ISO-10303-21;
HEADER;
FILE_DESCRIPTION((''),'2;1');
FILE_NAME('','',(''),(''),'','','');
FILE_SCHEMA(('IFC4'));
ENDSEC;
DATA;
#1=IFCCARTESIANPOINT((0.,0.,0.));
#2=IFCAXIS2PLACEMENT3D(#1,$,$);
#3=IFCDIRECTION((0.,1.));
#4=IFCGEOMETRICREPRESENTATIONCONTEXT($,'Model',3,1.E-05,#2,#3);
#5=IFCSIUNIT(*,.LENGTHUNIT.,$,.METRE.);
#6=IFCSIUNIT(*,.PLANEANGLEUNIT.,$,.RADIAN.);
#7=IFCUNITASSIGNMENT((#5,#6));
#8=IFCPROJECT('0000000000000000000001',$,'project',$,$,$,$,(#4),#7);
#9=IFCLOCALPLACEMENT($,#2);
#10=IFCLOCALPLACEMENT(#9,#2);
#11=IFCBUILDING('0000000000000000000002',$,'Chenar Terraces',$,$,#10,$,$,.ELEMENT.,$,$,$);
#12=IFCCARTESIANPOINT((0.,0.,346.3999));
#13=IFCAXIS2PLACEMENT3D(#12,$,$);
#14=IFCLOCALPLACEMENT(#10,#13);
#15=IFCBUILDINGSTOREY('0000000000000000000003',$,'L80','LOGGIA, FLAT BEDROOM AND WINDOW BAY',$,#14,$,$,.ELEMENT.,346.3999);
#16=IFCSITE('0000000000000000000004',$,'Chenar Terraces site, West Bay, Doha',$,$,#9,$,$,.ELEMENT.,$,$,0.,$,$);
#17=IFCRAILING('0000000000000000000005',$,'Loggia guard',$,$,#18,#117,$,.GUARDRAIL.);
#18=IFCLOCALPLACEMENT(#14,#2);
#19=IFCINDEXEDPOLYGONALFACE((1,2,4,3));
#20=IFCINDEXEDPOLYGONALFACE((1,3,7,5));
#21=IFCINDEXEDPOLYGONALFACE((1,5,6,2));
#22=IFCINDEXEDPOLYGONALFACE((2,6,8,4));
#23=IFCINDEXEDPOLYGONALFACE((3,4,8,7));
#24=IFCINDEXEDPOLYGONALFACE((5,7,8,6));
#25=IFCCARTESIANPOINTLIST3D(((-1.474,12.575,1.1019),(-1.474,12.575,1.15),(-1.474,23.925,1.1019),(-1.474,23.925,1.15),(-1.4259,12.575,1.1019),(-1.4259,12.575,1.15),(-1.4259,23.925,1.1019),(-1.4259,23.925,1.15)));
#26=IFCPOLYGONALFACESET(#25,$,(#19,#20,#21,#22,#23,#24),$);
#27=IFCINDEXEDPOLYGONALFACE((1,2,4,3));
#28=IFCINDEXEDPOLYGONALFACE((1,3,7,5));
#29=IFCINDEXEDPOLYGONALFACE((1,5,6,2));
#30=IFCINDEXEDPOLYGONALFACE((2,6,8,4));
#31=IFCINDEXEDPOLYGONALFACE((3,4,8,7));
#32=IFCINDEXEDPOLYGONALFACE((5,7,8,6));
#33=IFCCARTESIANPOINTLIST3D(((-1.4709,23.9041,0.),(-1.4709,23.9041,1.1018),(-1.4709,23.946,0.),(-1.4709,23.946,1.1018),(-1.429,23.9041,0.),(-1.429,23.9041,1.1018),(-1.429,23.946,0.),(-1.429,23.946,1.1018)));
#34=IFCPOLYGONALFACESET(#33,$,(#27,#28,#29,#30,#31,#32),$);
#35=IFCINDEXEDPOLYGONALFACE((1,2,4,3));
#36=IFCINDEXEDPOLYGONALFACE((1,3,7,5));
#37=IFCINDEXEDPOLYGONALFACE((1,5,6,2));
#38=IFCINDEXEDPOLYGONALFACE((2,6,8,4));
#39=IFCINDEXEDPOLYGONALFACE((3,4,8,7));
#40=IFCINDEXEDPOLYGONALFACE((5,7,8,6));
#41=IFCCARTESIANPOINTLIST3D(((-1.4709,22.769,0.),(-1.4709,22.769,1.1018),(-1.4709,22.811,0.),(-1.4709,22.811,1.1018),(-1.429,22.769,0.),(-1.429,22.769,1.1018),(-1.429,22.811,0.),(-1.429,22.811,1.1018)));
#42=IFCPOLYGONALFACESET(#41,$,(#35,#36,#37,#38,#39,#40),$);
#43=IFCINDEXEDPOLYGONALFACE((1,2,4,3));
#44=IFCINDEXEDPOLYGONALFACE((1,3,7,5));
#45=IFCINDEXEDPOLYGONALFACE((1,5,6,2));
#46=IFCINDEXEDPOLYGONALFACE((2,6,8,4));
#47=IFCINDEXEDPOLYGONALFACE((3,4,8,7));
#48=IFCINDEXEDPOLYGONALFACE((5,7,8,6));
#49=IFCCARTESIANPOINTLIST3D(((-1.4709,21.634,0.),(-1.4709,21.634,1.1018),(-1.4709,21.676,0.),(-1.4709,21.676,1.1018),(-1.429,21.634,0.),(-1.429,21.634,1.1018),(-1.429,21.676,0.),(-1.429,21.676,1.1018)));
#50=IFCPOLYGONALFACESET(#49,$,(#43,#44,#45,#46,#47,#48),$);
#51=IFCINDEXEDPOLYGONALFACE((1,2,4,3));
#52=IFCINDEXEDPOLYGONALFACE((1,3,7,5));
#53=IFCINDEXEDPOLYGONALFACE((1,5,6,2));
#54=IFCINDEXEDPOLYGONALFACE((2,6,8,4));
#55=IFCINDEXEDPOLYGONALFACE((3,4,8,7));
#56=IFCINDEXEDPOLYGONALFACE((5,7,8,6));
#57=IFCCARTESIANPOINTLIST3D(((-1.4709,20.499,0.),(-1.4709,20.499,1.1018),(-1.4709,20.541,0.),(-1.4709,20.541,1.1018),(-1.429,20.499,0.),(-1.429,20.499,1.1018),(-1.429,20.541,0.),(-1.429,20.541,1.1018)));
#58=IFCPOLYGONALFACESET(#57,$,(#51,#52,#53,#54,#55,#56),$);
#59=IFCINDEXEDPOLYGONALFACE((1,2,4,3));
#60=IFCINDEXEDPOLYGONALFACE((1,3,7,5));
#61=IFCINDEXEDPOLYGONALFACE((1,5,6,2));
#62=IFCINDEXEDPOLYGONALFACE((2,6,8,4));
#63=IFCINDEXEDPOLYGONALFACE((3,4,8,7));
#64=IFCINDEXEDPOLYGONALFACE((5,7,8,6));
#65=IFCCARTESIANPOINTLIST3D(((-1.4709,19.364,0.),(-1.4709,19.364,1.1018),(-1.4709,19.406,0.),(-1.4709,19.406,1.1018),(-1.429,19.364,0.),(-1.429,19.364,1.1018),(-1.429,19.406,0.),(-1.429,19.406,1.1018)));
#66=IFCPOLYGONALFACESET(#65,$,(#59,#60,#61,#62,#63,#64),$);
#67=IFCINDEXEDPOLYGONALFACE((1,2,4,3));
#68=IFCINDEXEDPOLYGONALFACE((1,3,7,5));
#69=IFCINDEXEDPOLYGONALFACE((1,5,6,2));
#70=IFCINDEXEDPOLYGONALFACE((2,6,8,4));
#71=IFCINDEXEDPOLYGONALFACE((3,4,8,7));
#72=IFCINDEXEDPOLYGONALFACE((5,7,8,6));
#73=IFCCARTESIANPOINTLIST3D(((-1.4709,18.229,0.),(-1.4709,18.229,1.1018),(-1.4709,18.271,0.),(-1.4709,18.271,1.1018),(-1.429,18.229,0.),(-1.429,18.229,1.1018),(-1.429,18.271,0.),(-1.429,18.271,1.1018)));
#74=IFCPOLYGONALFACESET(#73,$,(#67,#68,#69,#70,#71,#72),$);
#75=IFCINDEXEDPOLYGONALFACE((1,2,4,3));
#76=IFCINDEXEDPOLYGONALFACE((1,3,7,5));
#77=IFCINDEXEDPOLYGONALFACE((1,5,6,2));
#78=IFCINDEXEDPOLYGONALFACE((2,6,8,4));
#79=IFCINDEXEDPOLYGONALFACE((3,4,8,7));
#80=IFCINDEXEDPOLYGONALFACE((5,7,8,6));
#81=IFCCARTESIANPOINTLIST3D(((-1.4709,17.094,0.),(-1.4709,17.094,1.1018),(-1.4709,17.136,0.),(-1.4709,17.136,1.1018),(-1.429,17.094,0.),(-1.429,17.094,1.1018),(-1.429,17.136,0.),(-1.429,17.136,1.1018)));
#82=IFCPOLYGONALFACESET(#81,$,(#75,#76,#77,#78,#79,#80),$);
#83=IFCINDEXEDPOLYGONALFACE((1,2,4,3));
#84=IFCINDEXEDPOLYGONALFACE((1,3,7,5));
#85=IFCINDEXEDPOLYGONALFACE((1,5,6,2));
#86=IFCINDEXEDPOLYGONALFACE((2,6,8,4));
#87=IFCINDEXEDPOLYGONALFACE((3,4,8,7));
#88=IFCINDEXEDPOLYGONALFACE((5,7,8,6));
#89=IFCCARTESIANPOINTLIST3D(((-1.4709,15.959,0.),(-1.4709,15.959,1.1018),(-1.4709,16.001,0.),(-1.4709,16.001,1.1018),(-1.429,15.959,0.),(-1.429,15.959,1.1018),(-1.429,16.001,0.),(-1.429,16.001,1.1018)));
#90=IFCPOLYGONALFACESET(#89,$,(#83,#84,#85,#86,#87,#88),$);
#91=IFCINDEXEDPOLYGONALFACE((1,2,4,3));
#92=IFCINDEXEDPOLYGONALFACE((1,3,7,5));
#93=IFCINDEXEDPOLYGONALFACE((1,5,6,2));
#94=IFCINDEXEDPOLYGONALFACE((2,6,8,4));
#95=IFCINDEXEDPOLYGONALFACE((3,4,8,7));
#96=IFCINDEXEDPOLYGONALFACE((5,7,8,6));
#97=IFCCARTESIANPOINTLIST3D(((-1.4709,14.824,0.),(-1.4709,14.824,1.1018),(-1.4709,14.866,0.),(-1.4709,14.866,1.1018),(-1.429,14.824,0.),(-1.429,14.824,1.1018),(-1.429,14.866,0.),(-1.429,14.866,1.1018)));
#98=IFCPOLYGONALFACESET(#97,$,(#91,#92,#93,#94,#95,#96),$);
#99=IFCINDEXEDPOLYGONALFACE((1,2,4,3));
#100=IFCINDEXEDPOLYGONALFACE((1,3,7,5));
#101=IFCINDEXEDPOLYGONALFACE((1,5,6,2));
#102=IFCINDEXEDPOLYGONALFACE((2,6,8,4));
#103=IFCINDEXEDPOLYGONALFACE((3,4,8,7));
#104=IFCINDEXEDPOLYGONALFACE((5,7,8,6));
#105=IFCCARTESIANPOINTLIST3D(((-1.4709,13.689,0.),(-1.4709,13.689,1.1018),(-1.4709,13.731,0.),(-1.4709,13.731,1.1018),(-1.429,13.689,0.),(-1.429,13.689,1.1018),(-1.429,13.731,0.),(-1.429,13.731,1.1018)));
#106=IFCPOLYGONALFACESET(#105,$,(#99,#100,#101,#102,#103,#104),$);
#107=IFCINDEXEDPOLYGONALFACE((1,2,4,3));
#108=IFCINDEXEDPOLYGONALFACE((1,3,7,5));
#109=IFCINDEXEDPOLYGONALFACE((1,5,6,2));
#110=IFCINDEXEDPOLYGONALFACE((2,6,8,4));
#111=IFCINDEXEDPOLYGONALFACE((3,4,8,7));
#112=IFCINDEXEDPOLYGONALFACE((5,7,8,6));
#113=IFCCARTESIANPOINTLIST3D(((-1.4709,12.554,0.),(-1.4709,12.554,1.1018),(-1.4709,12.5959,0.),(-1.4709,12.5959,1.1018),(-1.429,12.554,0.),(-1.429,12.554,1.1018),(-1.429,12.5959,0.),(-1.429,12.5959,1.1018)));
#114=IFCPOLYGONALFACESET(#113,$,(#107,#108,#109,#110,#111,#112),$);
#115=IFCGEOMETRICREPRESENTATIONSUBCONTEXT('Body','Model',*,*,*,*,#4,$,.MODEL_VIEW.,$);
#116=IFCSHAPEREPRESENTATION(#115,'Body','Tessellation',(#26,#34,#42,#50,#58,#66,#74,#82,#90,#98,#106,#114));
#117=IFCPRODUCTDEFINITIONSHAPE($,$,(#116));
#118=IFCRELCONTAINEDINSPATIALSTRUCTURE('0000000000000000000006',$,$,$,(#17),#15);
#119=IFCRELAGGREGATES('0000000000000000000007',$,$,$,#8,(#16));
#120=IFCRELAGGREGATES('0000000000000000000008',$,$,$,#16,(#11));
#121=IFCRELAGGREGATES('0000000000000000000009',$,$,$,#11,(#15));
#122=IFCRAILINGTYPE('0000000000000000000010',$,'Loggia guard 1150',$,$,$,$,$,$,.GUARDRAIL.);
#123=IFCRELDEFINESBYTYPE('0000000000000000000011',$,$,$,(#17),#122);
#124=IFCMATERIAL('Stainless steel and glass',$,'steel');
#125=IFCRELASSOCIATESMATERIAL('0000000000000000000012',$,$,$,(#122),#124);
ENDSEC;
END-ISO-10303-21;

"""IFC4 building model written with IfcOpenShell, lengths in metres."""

from ifc_helpers import new_model, si_unit, direction, frame, origin, origin_2d, place, context, subcontext, project, spatial, rectangle, extrude, material, type_object, element, save


model = new_model("IFC4")

# Units and contexts
model_context = context("Model", 3, precision=1e-05, world=origin(), true_north=direction((0.0, 1.0)))
body_context = subcontext(model_context, "Body", "Model", "MODEL_VIEW")
ifc_project = project(units=[si_unit("LENGTHUNIT", "METRE"), si_unit("PLANEANGLEUNIT", "RADIAN")], contexts=[model_context])

# Site, building, storey
site_placement = place(None, origin())
site = spatial("IfcSite", under=ifc_project, at=site_placement, Name="Chenar Terraces site, West Bay, Doha", CompositionType="ELEMENT", RefElevation=0.0)
building_placement = place(site_placement, origin())
building = spatial("IfcBuilding", under=site, at=building_placement, Name="Chenar Terraces", CompositionType="ELEMENT")
storey_placement = place(building_placement, frame((0.0, 0.0, 346.3999)))
storey = spatial("IfcBuildingStorey", under=building, at=storey_placement, Name="L80", Description="LOGGIA, FLAT BEDROOM AND WINDOW BAY", CompositionType="ELEMENT", Elevation=346.3999)

# Railing
ifc_material_1 = material(Name="Stainless steel and glass", Category="steel")
railing_type_1 = type_object("IfcRailingType", Name="Loggia guard 1150", PredefinedType="GUARDRAIL", material=ifc_material_1)
railing_1_placement = place(storey_placement, frame((-1.45, 23.925, 0.0)))
element("IfcRailing", 1, at=railing_1_placement, inside=storey, type_object=railing_type_1, Name="Loggia guard", PredefinedType="GUARDRAIL", context=body_context, shape_type="SweptSolid", body=[
    extrude(rectangle(XDim=0.0481, YDim=0.0481, at=origin_2d()), frame((0.0, 0.0, 1.126), z_axis=(0.0, -1.0, 0.0), x_axis=(1.0, 0.0, 0.0)), (0.0, 0.0, 1.0), 11.3501),
    extrude(rectangle(XDim=0.042, YDim=0.042, at=origin_2d()), origin(), (0.0, 0.0, 1.0), 1.1018),
    extrude(rectangle(XDim=0.042, YDim=0.042, at=origin_2d()), frame((0.0, -1.135, 0.0)), (0.0, 0.0, 1.0), 1.1018),
    extrude(rectangle(XDim=0.042, YDim=0.042, at=origin_2d()), frame((0.0, -2.27, 0.0)), (0.0, 0.0, 1.0), 1.1018),
    extrude(rectangle(XDim=0.042, YDim=0.042, at=origin_2d()), frame((0.0, -3.405, 0.0)), (0.0, 0.0, 1.0), 1.1018),
    extrude(rectangle(XDim=0.042, YDim=0.042, at=origin_2d()), frame((0.0, -4.54, 0.0)), (0.0, 0.0, 1.0), 1.1018),
    extrude(rectangle(XDim=0.042, YDim=0.042, at=origin_2d()), frame((0.0, -5.675, 0.0)), (0.0, 0.0, 1.0), 1.1018),
    extrude(rectangle(XDim=0.042, YDim=0.042, at=origin_2d()), frame((0.0, -6.8101, 0.0)), (0.0, 0.0, 1.0), 1.1018),
    extrude(rectangle(XDim=0.042, YDim=0.042, at=origin_2d()), frame((0.0, -7.9451, 0.0)), (0.0, 0.0, 1.0), 1.1018),
    extrude(rectangle(XDim=0.042, YDim=0.042, at=origin_2d()), frame((0.0, -9.0801, 0.0)), (0.0, 0.0, 1.0), 1.1018),
    extrude(rectangle(XDim=0.042, YDim=0.042, at=origin_2d()), frame((0.0, -10.2151, 0.0)), (0.0, 0.0, 1.0), 1.1018),
    extrude(rectangle(XDim=0.042, YDim=0.042, at=origin_2d()), frame((0.0, -11.3501, 0.0)), (0.0, 0.0, 1.0), 1.1018),
])

save(model, "model.ifc")
